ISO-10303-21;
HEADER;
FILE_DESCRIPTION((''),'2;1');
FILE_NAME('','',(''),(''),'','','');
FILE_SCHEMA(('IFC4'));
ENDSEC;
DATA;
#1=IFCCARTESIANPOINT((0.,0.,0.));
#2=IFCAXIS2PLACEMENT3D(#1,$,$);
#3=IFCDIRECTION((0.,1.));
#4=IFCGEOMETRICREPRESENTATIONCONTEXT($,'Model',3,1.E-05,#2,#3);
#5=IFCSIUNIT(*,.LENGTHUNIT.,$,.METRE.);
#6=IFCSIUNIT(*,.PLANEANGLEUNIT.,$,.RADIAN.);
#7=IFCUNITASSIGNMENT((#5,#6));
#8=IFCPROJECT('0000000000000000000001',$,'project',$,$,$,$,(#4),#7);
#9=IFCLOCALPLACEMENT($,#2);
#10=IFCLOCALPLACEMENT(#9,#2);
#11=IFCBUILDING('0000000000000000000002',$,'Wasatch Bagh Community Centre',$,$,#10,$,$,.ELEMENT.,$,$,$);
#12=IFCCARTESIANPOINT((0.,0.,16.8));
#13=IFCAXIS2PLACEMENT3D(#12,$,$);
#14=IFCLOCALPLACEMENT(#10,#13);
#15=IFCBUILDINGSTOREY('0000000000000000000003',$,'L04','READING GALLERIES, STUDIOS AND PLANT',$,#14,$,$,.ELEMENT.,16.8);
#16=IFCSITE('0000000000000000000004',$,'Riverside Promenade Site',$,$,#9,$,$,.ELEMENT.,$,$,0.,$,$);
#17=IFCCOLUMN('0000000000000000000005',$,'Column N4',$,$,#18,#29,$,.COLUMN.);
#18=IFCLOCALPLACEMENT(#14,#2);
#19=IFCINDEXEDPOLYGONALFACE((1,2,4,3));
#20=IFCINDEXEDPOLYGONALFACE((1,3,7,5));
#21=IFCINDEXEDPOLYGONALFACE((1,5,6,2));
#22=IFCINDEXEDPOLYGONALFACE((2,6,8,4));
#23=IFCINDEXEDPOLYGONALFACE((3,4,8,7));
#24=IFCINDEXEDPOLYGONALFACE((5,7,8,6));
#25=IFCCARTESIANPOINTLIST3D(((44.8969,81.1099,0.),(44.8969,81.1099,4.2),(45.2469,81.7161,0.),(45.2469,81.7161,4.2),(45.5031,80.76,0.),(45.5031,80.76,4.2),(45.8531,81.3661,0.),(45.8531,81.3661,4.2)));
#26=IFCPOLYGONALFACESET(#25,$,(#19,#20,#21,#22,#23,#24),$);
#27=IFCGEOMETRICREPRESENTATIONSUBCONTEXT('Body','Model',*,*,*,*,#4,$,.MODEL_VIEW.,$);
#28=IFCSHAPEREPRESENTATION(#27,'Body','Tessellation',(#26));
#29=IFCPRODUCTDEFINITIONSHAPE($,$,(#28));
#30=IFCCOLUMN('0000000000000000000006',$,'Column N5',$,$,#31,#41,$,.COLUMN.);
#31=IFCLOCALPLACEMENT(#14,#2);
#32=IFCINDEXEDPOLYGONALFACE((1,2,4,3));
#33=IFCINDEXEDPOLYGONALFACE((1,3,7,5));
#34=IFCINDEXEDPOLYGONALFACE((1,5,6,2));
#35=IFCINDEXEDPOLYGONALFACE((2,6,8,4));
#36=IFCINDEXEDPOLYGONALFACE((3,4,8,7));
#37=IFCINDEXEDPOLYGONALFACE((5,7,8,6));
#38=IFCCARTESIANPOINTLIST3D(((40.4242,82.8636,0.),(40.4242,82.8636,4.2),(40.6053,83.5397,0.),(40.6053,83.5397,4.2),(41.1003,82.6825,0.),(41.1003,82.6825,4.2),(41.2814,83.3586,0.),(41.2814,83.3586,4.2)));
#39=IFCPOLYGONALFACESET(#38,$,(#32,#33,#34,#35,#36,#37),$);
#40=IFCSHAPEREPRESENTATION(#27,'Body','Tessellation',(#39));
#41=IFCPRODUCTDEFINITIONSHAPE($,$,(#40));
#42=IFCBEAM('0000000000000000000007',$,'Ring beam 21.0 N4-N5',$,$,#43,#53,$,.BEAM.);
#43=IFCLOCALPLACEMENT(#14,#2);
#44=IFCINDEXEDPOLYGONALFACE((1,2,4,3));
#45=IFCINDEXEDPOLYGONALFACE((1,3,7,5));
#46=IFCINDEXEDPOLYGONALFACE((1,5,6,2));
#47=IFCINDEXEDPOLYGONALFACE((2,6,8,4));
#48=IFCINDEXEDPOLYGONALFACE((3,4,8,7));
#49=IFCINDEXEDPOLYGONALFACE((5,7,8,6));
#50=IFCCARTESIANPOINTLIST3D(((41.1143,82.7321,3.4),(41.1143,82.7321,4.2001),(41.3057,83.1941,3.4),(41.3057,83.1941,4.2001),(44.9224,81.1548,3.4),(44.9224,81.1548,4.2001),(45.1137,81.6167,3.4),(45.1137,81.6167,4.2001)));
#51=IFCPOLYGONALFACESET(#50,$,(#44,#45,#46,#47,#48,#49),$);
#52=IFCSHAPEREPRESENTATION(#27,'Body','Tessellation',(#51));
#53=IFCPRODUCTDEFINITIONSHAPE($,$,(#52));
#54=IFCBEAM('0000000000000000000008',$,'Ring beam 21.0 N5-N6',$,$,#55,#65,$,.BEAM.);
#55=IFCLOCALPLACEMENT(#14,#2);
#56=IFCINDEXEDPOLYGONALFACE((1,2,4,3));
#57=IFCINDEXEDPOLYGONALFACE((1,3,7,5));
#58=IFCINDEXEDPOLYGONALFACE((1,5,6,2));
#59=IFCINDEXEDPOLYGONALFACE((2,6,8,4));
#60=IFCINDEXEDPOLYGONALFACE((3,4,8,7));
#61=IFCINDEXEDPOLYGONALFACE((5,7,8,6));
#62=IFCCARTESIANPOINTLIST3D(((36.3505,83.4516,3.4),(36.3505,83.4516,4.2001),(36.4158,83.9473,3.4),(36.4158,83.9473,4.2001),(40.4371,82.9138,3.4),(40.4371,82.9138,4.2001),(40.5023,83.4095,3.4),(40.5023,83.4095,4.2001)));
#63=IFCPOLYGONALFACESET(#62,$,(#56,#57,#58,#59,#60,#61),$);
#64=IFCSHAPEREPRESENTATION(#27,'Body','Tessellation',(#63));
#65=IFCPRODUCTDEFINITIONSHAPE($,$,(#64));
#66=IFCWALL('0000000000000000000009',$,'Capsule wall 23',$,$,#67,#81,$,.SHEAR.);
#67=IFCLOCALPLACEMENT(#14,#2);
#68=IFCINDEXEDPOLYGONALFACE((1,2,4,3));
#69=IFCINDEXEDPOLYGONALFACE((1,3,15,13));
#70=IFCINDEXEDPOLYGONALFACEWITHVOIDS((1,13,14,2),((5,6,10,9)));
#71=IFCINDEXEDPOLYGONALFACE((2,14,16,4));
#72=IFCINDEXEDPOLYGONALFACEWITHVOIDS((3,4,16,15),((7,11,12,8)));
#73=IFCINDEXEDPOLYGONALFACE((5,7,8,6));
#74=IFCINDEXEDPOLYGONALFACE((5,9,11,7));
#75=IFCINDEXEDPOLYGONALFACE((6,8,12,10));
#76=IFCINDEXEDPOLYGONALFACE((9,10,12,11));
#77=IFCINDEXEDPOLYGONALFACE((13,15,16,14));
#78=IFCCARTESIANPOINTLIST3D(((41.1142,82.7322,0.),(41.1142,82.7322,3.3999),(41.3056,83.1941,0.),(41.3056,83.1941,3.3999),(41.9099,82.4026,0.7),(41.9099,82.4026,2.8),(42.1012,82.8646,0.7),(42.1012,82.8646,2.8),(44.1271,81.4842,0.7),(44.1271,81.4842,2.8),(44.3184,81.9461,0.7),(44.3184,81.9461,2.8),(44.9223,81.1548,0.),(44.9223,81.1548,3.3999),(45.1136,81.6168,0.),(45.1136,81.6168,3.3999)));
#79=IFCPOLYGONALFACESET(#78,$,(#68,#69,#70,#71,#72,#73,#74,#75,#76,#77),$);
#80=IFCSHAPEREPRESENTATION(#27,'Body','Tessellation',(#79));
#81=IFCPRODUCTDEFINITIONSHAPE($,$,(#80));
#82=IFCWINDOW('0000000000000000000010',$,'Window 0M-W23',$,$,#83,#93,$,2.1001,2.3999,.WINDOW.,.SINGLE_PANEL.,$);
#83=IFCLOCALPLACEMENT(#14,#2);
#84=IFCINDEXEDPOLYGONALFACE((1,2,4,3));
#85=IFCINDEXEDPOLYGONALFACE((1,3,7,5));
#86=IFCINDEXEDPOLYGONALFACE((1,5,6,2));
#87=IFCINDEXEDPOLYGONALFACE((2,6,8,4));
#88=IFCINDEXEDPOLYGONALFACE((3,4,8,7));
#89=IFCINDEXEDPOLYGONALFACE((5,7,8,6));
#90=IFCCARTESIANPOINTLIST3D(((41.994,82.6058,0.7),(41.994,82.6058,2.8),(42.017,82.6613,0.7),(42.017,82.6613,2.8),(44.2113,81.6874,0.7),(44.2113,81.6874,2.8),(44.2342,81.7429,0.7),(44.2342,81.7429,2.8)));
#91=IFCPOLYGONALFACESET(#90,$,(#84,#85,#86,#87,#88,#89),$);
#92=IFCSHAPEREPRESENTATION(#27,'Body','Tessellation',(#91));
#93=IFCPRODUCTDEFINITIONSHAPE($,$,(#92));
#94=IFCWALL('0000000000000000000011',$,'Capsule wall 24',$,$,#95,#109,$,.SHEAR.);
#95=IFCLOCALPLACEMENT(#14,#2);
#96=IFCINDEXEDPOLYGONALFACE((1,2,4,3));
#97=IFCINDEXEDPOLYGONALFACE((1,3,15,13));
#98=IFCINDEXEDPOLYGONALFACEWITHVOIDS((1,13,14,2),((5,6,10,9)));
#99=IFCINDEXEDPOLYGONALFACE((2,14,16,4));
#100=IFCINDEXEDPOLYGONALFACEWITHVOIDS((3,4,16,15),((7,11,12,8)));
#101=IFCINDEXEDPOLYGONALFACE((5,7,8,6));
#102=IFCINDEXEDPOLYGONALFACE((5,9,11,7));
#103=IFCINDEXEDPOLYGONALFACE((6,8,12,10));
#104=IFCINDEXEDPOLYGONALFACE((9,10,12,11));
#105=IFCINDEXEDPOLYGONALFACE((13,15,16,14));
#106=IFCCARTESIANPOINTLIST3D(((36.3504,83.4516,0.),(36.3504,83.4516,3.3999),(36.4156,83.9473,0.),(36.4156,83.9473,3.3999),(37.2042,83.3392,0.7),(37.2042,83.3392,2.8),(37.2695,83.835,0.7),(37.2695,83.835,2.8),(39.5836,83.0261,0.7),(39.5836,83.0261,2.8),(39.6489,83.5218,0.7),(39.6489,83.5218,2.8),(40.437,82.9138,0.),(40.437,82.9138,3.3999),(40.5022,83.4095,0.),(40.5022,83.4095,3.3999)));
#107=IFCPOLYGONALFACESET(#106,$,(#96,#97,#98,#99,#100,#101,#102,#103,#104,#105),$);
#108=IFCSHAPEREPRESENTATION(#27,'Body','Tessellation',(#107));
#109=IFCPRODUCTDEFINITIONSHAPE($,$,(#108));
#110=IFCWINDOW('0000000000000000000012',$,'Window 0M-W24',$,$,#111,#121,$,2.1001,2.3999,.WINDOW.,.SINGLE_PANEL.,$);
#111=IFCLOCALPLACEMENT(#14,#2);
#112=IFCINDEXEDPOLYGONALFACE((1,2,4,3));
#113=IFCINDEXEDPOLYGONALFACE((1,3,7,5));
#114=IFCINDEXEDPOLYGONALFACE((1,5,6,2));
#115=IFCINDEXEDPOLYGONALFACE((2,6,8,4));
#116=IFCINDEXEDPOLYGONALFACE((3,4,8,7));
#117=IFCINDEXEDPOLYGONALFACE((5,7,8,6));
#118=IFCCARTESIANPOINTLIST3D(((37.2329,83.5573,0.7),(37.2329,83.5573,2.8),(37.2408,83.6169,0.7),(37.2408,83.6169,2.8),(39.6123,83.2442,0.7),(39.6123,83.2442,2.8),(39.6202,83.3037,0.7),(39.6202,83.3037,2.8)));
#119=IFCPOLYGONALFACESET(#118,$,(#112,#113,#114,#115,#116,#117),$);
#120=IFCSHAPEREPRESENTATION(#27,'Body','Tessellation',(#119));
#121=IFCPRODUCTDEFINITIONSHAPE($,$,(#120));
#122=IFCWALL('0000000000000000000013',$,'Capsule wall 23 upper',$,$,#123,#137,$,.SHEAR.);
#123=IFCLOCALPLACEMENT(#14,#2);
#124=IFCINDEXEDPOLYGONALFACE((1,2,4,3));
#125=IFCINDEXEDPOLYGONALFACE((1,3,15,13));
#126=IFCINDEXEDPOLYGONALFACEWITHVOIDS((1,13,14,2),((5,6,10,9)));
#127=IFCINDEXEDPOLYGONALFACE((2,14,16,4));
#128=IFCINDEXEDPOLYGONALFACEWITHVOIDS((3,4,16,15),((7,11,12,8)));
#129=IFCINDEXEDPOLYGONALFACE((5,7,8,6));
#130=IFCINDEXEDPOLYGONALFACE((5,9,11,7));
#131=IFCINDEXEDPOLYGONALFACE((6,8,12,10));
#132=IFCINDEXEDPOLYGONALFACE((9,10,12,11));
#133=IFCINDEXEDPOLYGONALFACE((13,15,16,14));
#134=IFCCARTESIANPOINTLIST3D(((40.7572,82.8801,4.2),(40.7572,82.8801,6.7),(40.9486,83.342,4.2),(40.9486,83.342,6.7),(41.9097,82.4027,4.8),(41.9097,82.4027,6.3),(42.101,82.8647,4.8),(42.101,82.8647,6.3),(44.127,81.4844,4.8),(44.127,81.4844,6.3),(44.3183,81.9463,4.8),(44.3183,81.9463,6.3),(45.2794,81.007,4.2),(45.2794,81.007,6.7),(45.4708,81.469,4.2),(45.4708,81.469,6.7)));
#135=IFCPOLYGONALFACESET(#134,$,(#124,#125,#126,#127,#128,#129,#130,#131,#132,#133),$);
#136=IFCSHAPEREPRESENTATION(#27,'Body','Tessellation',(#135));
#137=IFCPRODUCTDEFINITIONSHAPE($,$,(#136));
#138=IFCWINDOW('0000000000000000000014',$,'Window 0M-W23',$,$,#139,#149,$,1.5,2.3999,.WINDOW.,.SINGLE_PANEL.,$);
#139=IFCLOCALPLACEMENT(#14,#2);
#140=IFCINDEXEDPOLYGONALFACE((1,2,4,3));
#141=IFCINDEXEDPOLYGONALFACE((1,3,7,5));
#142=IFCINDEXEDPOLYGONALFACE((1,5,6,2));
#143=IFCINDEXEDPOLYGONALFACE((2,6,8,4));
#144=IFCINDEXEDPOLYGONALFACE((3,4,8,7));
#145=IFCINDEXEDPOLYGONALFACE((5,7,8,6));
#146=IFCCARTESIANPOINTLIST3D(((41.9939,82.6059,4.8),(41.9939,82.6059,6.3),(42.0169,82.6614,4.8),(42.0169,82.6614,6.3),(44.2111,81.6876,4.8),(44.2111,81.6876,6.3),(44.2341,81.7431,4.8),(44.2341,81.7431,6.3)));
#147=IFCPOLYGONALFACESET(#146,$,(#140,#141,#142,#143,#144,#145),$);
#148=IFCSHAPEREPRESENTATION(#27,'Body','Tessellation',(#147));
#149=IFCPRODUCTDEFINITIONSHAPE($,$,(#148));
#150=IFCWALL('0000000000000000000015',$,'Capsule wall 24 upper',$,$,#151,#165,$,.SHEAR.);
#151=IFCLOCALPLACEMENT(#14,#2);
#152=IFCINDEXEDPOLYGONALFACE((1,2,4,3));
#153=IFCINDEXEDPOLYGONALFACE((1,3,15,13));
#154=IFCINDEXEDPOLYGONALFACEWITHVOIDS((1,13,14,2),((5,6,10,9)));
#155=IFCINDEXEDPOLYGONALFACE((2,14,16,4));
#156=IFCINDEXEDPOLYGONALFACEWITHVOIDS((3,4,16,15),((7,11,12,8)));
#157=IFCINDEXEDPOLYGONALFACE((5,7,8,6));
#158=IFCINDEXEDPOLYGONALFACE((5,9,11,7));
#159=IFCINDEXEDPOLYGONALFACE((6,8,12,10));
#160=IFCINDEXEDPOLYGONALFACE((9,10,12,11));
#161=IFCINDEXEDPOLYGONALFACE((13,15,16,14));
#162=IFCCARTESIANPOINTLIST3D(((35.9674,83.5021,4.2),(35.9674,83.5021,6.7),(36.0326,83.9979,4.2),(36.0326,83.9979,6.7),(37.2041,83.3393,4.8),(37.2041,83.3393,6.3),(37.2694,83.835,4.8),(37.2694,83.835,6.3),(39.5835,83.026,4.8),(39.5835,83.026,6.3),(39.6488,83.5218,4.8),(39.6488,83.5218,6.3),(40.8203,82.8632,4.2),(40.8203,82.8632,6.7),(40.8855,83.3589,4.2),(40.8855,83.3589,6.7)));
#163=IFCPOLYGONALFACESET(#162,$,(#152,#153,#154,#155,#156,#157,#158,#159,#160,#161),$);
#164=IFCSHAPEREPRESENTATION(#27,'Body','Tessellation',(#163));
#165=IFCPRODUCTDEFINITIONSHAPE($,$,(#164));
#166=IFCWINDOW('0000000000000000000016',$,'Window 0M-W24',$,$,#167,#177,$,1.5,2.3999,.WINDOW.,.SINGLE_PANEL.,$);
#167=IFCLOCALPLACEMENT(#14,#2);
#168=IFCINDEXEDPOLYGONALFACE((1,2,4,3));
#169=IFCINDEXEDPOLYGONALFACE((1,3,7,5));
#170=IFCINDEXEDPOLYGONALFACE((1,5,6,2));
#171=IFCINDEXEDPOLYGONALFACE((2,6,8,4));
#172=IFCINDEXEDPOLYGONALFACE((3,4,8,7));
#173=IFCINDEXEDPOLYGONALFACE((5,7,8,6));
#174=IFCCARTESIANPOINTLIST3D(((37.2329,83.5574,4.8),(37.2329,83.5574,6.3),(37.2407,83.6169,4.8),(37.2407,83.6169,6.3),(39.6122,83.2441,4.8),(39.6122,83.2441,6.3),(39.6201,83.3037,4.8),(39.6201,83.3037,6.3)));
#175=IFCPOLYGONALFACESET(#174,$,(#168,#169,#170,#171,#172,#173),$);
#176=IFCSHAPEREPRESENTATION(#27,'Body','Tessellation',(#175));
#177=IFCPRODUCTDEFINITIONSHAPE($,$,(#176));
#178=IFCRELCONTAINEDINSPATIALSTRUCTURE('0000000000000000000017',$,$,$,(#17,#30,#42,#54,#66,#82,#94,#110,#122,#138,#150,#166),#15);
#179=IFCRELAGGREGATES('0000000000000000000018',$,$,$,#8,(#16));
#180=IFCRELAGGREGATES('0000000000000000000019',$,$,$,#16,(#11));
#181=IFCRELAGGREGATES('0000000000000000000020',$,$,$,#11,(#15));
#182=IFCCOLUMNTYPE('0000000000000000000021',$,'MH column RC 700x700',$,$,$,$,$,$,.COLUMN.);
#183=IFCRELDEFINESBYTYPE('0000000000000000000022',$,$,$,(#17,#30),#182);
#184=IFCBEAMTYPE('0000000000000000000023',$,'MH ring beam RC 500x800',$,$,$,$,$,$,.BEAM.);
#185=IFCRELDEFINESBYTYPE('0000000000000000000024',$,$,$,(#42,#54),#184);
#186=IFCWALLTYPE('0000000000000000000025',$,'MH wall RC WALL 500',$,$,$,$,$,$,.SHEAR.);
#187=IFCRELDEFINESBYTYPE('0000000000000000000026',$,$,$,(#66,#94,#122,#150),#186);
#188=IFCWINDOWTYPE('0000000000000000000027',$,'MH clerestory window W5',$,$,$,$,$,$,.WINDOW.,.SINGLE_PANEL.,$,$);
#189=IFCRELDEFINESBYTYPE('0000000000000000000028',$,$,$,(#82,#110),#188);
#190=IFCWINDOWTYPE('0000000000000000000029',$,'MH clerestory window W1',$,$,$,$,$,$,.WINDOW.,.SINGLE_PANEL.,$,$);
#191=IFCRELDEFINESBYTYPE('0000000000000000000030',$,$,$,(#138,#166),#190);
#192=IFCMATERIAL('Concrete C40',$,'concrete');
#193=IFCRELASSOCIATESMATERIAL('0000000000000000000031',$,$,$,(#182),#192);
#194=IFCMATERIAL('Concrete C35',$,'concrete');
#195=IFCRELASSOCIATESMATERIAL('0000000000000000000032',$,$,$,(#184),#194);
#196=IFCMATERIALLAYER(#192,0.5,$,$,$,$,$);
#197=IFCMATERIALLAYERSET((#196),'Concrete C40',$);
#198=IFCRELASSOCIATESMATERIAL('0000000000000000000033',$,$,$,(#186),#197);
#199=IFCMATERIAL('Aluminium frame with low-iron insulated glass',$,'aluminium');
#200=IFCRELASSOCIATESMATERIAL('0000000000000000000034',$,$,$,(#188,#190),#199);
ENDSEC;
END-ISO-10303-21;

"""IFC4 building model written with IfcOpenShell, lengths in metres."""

from ifc_helpers import new_model, si_unit, direction, frame, frame_2d, origin, origin_2d, place, context, subcontext, project, spatial, rectangle, extrude, material, layer, layer_set, material_profile, profile_set, type_object, element, fill, save


model = new_model("IFC4")

# Units and contexts
model_context = context("Model", 3, precision=1e-05, world=origin(), true_north=direction((0.0, 1.0)))
body_context = subcontext(model_context, "Body", "Model", "MODEL_VIEW")
ifc_project = project(units=[si_unit("LENGTHUNIT", "METRE"), si_unit("PLANEANGLEUNIT", "RADIAN")], contexts=[model_context])

# Site, building, storey
site_placement = place(None, origin())
site = spatial("IfcSite", under=ifc_project, at=site_placement, Name="Riverside Promenade Site", CompositionType="ELEMENT", RefElevation=0.0)
building_placement = place(site_placement, origin())
building = spatial("IfcBuilding", under=site, at=building_placement, Name="Wasatch Bagh Community Centre", CompositionType="ELEMENT")
storey_placement = place(building_placement, frame((0.0, 0.0, 16.8)))
storey = spatial("IfcBuildingStorey", under=building, at=storey_placement, Name="L04", Description="READING GALLERIES, STUDIOS AND PLANT", CompositionType="ELEMENT", Elevation=16.8)

# Columns
ifc_material_1 = material(Name="Concrete C40", Category="concrete")
ifc_material_profile_1 = material_profile(ifc_material_1, rectangle(XDim=0.7, YDim=0.7, at=origin_2d()), Name="RC 700x700")
ifc_profile_set_1 = profile_set([ifc_material_profile_1], Name="Concrete C40")
column_type = type_object("IfcColumnType", Name="MH column RC 700x700", PredefinedType="COLUMN", material=ifc_profile_set_1)
for number, where, z_axis, x_axis, name in (
    (1, (45.375, 81.238, 0.0), (0.0, 0.0, 1.0), (0.5, 0.866025, 0.0), "Column N4"),
    (2, (40.8528, 83.1111, 0.0), (0.0, 0.0, 1.0), (0.258819, 0.965926, 0.0), "Column N5"),
):
    element("IfcColumn", number, at=place(storey_placement, frame(where, z_axis=z_axis, x_axis=x_axis)), inside=storey, type_object=column_type, Name=name, PredefinedType="COLUMN", context=body_context, shape_type="SweptSolid", body=[
        extrude(rectangle(XDim=0.7, YDim=0.7, at=origin_2d()), origin(), (0.0, 0.0, 1.0), 4.2),
    ])

# Beams
ifc_material_2 = material(Name="Concrete C35", Category="concrete")
ifc_material_profile_2 = material_profile(ifc_material_2, rectangle(XDim=0.5, YDim=0.8, at=origin_2d()), Name="RC 500x800")
ifc_profile_set_2 = profile_set([ifc_material_profile_2], Name="Concrete C35")
beam_type = type_object("IfcBeamType", Name="MH ring beam RC 500x800", PredefinedType="BEAM", material=ifc_profile_set_2)
for number, where, z_axis, x_axis, name in (
    (3, (45.0181, 81.3857, 3.8), (-0.923878, 0.382688, 0.0), (-0.382688, -0.923878, 0.0), "Ring beam 21.0 N4-N5"),
    (4, (40.4697, 83.1616, 3.8), (-0.99145, 0.130484, 0.0), (-0.130484, -0.99145, 0.0), "Ring beam 21.0 N5-N6"),
):
    element("IfcBeam", number, at=place(storey_placement, frame(where, z_axis=z_axis, x_axis=x_axis)), inside=storey, type_object=beam_type, Name=name, PredefinedType="BEAM", context=body_context, shape_type="SweptSolid", body=[
        extrude(rectangle(XDim=0.5, YDim=0.8, at=origin_2d()), origin(), (0.0, 0.0, 1.0), 4.1218),
    ])

# Walls, openings, windows
ifc_layer_1 = layer(ifc_material_1, 0.5)
ifc_layer_set_1 = layer_set([ifc_layer_1], Name="Concrete C40")
wall_type = type_object("IfcWallType", Name="MH wall RC WALL 500", PredefinedType="SHEAR", material=ifc_layer_set_1)
wall_1_placement = place(storey_placement, frame((45.0181, 81.3857, 0.0), z_axis=(0.0, 0.0, 1.0), x_axis=(-0.923878, 0.382688, 0.0)))
wall_1 = element("IfcWall", 5, at=wall_1_placement, inside=storey, type_object=wall_type, Name="Capsule wall 23", PredefinedType="SHEAR", context=body_context, shape_type="SweptSolid", body=[
    extrude(rectangle(XDim=4.1218, YDim=0.5, at=frame_2d((2.061, 0.0))), origin(), (0.0, 0.0, 1.0), 3.3999),
])
opening_1_placement = place(wall_1_placement, frame((0.8608, 0.0, 0.7)))
opening_1 = element("IfcOpeningElement", 6, at=opening_1_placement, cuts=wall_1, PredefinedType="OPENING", context=body_context, shape_type="SweptSolid", body=[
    extrude(rectangle(XDim=2.3999, YDim=2.1001, at=frame_2d((1.2, 1.05))), frame((0.0, 0.26, 0.0), z_axis=(0.0, -1.0, 0.0), x_axis=(1.0, 0.0, 0.0)), (0.0, 0.0, 1.0), 0.52),
])
ifc_material_3 = material(Name="Aluminium frame with low-iron insulated glass", Category="aluminium")
window_type_1 = type_object("IfcWindowType", Name="MH clerestory window W5", PartitioningType="SINGLE_PANEL", PredefinedType="WINDOW", material=ifc_material_3)
window_1_placement = place(opening_1_placement, origin())
window_1 = element("IfcWindow", 7, at=window_1_placement, inside=storey, type_object=window_type_1, Name="Window 0M-W23", OverallHeight=2.1001, OverallWidth=2.3999, PartitioningType="SINGLE_PANEL", PredefinedType="WINDOW", context=body_context, shape_type="SweptSolid", body=[
    extrude(rectangle(XDim=2.3999, YDim=2.1001, at=frame_2d((1.2, 1.05))), frame((0.0, 0.03, 0.0), z_axis=(0.0, -1.0, 0.0), x_axis=(1.0, 0.0, 0.0)), (0.0, 0.0, 1.0), 0.0601),
])
fill(opening_1, window_1)
wall_2_placement = place(storey_placement, frame((40.4697, 83.1616, 0.0), z_axis=(0.0, 0.0, 1.0), x_axis=(-0.99145, 0.130484, 0.0)))
wall_2 = element("IfcWall", 8, at=wall_2_placement, inside=storey, type_object=wall_type, Name="Capsule wall 24", PredefinedType="SHEAR", context=body_context, shape_type="SweptSolid", body=[
    extrude(rectangle(XDim=4.1218, YDim=0.5, at=frame_2d((2.061, 0.0))), origin(), (0.0, 0.0, 1.0), 3.3999),
])
opening_2_placement = place(wall_2_placement, frame((0.8608, 0.0, 0.7)))
opening_2 = element("IfcOpeningElement", 9, at=opening_2_placement, cuts=wall_2, PredefinedType="OPENING", context=body_context, shape_type="SweptSolid", body=[
    extrude(rectangle(XDim=2.3999, YDim=2.1001, at=frame_2d((1.2, 1.05))), frame((0.0, 0.26, 0.0), z_axis=(0.0, -1.0, 0.0), x_axis=(1.0, 0.0, 0.0)), (0.0, 0.0, 1.0), 0.52),
])
window_2_placement = place(opening_2_placement, origin())
window_2 = element("IfcWindow", 10, at=window_2_placement, inside=storey, type_object=window_type_1, Name="Window 0M-W24", OverallHeight=2.1001, OverallWidth=2.3999, PartitioningType="SINGLE_PANEL", PredefinedType="WINDOW", context=body_context, shape_type="SweptSolid", body=[
    extrude(rectangle(XDim=2.3999, YDim=2.1001, at=frame_2d((1.2, 1.05))), frame((0.0, 0.03, 0.0), z_axis=(0.0, -1.0, 0.0), x_axis=(1.0, 0.0, 0.0)), (0.0, 0.0, 1.0), 0.0601),
])
fill(opening_2, window_2)
wall_3_placement = place(storey_placement, frame((45.375, 81.238, 4.2), z_axis=(0.0, 0.0, 1.0), x_axis=(-0.923888, 0.382663, 0.0)))
wall_3 = element("IfcWall", 11, at=wall_3_placement, inside=storey, type_object=wall_type, Name="Capsule wall 23 upper", PredefinedType="SHEAR", context=body_context, shape_type="SweptSolid", body=[
    extrude(rectangle(XDim=4.8948, YDim=0.5, at=frame_2d((2.4473, 0.0))), origin(), (0.0, 0.0, 1.0), 2.5),
])
opening_3_placement = place(wall_3_placement, frame((1.2473, 0.0, 0.6001)))
opening_3 = element("IfcOpeningElement", 12, at=opening_3_placement, cuts=wall_3, PredefinedType="OPENING", context=body_context, shape_type="SweptSolid", body=[
    extrude(rectangle(XDim=2.3999, YDim=1.5, at=frame_2d((1.2, 0.75))), frame((0.0, 0.26, 0.0), z_axis=(0.0, -1.0, 0.0), x_axis=(1.0, 0.0, 0.0)), (0.0, 0.0, 1.0), 0.52),
])
window_type_2 = type_object("IfcWindowType", Name="MH clerestory window W1", PartitioningType="SINGLE_PANEL", PredefinedType="WINDOW", material=ifc_material_3)
window_3_placement = place(opening_3_placement, origin())
window_3 = element("IfcWindow", 13, at=window_3_placement, inside=storey, type_object=window_type_2, Name="Window 0M-W23", OverallHeight=1.5, OverallWidth=2.3999, PartitioningType="SINGLE_PANEL", PredefinedType="WINDOW", context=body_context, shape_type="SweptSolid", body=[
    extrude(rectangle(XDim=2.3999, YDim=1.5, at=frame_2d((1.2, 0.75))), frame((0.0, 0.03, 0.0), z_axis=(0.0, -1.0, 0.0), x_axis=(1.0, 0.0, 0.0)), (0.0, 0.0, 1.0), 0.0601),
])
fill(opening_3, window_3)
wall_4_placement = place(storey_placement, frame((40.8528, 83.1111, 4.2), z_axis=(0.0, 0.0, 1.0), x_axis=(-0.991444, 0.130533, 0.0)))
wall_4 = element("IfcWall", 14, at=wall_4_placement, inside=storey, type_object=wall_type, Name="Capsule wall 24 upper", PredefinedType="SHEAR", context=body_context, shape_type="SweptSolid", body=[
    extrude(rectangle(XDim=4.8948, YDim=0.5, at=frame_2d((2.4473, 0.0))), origin(), (0.0, 0.0, 1.0), 2.5),
])
opening_4_placement = place(wall_4_placement, frame((1.2473, 0.0, 0.6001)))
opening_4 = element("IfcOpeningElement", 15, at=opening_4_placement, cuts=wall_4, PredefinedType="OPENING", context=body_context, shape_type="SweptSolid", body=[
    extrude(rectangle(XDim=2.3999, YDim=1.5, at=frame_2d((1.2, 0.75))), frame((0.0, 0.26, 0.0), z_axis=(0.0, -1.0, 0.0), x_axis=(1.0, 0.0, 0.0)), (0.0, 0.0, 1.0), 0.52),
])
window_4_placement = place(opening_4_placement, origin())
window_4 = element("IfcWindow", 16, at=window_4_placement, inside=storey, type_object=window_type_2, Name="Window 0M-W24", OverallHeight=1.5, OverallWidth=2.3999, PartitioningType="SINGLE_PANEL", PredefinedType="WINDOW", context=body_context, shape_type="SweptSolid", body=[
    extrude(rectangle(XDim=2.3999, YDim=1.5, at=frame_2d((1.2, 0.75))), frame((0.0, 0.03, 0.0), z_axis=(0.0, -1.0, 0.0), x_axis=(1.0, 0.0, 0.0)), (0.0, 0.0, 1.0), 0.0601),
])
fill(opening_4, window_4)

save(model, "model.ifc")
